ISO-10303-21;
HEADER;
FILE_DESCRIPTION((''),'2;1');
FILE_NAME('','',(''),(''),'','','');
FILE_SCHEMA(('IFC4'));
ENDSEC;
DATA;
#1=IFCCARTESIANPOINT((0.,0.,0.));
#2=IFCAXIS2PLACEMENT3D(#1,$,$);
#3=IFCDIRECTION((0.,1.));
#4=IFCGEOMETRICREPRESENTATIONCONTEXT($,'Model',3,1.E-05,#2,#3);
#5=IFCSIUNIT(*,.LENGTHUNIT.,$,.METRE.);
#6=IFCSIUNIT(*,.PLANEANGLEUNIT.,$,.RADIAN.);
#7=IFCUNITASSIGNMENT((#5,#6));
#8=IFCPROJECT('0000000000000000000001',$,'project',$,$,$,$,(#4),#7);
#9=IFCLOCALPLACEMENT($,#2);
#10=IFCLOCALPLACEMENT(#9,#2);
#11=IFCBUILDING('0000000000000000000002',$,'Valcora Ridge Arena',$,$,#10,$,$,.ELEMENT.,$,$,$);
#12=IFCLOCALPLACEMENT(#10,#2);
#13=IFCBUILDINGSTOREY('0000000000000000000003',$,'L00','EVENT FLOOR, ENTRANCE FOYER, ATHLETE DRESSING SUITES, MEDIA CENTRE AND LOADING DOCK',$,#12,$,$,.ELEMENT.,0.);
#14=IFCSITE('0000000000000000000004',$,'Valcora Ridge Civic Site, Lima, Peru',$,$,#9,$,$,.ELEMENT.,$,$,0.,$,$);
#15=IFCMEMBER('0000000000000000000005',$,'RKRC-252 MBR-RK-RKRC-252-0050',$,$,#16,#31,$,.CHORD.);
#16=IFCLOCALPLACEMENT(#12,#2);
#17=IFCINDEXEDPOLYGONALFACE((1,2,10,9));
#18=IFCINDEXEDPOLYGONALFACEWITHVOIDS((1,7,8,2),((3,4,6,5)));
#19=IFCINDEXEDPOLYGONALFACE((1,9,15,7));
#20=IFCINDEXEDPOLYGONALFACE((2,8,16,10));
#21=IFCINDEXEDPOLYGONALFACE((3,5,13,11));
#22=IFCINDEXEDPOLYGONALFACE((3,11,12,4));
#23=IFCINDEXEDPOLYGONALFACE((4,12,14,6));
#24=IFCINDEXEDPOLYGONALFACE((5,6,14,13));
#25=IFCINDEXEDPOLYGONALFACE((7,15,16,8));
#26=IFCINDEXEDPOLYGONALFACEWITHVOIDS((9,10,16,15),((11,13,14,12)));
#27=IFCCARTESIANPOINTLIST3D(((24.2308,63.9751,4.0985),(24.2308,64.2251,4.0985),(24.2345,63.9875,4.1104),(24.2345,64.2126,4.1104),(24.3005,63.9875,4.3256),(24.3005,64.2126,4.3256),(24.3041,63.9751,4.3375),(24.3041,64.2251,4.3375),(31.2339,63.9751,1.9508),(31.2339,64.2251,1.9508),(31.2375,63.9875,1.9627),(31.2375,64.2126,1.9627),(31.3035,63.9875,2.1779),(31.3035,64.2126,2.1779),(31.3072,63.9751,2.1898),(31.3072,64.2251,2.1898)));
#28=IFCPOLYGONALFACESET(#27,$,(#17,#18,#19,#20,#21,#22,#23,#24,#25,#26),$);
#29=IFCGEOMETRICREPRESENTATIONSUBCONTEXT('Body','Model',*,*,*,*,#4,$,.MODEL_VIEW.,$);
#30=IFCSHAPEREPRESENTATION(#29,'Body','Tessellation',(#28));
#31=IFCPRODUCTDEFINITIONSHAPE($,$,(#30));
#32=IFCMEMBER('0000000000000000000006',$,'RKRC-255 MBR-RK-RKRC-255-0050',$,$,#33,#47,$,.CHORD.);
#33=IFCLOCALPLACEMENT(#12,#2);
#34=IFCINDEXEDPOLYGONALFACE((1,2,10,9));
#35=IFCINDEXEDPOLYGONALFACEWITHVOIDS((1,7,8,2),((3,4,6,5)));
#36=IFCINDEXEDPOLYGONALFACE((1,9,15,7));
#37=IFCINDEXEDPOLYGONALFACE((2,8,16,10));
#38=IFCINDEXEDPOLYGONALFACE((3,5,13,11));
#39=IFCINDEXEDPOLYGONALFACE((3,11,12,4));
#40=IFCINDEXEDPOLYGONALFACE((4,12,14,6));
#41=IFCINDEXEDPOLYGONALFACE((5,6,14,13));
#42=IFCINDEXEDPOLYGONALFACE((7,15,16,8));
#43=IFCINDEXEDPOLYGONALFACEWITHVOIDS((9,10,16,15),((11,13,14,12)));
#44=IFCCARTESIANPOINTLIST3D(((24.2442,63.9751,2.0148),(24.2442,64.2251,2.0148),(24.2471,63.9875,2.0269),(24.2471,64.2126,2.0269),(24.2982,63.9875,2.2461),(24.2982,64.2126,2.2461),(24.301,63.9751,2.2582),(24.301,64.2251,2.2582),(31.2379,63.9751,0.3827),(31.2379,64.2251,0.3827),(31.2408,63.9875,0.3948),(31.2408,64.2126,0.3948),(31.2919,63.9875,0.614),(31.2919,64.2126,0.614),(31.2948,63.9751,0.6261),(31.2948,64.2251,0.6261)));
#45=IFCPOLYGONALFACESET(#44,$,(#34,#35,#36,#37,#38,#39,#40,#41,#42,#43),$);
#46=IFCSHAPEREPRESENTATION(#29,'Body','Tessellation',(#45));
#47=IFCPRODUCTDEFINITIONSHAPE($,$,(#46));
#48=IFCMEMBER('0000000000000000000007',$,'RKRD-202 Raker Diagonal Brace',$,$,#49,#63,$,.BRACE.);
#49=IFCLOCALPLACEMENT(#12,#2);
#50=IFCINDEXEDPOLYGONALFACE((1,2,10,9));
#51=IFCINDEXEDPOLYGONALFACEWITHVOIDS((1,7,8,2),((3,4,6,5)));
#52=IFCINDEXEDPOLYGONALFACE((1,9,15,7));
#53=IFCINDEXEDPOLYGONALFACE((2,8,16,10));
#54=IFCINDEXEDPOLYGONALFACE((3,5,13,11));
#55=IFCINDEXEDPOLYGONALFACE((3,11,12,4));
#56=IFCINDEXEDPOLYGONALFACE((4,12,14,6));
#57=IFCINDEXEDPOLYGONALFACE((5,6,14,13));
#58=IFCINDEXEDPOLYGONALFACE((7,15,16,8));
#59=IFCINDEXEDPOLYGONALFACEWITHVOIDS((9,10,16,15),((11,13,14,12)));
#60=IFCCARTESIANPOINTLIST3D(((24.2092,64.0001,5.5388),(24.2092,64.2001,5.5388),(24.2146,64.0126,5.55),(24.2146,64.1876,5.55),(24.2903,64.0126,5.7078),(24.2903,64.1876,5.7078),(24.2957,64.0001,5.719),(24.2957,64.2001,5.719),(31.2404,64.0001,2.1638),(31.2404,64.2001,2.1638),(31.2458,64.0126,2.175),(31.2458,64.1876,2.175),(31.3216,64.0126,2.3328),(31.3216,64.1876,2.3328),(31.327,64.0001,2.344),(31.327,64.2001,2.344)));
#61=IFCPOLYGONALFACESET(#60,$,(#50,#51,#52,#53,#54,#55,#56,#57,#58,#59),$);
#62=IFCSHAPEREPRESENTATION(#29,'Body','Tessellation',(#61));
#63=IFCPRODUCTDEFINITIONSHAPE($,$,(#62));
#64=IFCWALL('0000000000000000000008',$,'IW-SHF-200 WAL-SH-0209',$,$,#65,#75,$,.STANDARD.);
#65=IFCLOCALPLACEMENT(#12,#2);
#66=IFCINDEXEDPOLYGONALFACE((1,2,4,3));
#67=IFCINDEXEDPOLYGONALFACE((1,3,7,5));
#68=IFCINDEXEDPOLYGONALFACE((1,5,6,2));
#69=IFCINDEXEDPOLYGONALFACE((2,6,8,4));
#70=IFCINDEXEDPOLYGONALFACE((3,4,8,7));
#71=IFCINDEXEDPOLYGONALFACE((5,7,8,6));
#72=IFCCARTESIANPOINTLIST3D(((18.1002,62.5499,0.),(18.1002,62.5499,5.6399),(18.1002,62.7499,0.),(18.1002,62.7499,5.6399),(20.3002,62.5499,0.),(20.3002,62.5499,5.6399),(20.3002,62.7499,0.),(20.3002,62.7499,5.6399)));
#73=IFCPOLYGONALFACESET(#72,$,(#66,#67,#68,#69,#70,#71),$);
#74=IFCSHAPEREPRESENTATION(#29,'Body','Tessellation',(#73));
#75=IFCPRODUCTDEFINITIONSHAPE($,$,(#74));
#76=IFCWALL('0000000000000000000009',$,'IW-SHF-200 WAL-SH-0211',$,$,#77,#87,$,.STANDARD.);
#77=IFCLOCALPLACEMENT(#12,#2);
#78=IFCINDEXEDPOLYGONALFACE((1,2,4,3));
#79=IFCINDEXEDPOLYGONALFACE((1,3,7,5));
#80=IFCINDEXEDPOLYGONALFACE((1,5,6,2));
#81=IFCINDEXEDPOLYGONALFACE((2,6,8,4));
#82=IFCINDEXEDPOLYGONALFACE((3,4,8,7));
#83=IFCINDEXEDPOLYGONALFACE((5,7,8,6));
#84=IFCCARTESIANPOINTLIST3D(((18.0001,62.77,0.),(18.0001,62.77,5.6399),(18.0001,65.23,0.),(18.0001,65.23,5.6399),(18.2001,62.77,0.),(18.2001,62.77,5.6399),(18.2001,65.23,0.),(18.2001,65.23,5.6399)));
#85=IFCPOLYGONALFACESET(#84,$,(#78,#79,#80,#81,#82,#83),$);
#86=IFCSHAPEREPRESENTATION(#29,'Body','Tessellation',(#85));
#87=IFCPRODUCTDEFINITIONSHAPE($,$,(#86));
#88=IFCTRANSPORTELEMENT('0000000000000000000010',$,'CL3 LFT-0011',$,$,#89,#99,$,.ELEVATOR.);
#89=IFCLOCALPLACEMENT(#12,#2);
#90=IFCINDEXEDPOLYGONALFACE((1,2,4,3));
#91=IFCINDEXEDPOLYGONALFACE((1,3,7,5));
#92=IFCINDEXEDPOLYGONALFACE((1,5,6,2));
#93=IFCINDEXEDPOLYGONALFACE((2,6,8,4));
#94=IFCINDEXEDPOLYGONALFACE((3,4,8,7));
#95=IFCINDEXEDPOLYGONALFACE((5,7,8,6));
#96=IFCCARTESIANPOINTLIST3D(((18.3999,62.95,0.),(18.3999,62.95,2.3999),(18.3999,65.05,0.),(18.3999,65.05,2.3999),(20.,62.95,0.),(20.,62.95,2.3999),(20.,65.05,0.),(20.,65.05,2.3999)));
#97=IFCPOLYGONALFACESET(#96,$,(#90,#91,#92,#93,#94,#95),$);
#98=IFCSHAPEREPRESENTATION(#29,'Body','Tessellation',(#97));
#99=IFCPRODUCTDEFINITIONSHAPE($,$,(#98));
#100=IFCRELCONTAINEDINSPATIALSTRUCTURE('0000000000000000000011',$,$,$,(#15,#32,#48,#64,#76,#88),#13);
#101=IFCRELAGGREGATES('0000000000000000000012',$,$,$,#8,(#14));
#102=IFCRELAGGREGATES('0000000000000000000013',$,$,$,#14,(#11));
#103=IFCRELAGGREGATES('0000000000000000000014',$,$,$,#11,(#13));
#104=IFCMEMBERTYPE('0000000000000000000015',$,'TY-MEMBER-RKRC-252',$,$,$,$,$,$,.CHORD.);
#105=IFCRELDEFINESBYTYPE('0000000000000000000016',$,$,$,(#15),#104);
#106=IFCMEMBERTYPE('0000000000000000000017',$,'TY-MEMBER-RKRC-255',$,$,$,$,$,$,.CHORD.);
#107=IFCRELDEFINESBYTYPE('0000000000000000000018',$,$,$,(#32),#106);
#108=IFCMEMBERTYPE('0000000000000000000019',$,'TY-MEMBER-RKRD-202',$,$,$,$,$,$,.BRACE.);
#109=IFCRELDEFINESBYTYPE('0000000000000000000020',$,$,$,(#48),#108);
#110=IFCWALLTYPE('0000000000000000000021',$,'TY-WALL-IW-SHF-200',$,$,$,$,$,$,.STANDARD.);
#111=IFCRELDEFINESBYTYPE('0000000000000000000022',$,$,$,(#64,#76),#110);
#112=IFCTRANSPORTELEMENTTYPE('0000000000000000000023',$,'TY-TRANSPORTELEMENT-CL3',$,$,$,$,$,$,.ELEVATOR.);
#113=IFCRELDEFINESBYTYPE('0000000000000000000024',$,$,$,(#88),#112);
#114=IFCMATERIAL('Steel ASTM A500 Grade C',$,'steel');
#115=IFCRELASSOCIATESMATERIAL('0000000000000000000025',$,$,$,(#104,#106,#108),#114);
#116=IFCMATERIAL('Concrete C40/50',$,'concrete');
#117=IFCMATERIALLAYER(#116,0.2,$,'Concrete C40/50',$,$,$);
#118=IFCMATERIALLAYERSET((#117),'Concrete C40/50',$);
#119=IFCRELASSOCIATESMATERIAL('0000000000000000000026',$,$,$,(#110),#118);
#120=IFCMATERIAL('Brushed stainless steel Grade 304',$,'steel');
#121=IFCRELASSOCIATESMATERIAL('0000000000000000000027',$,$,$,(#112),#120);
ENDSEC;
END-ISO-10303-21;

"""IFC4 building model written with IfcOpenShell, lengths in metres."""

from ifc_helpers import new_model, si_unit, direction, frame, frame_2d, origin, origin_2d, place, context, subcontext, project, spatial, rectangle, hollow_rectangle, extrude, material, layer, layer_set, material_profile, profile_set, type_object, element, save


model = new_model("IFC4")

# Units and contexts
model_context = context("Model", 3, precision=1e-05, world=origin(), true_north=direction((0.0, 1.0)))
body_context = subcontext(model_context, "Body", "Model", "MODEL_VIEW")
ifc_project = project(units=[si_unit("LENGTHUNIT", "METRE"), si_unit("PLANEANGLEUNIT", "RADIAN")], contexts=[model_context])

# Site, building, storey
site_placement = place(None, origin())
site = spatial("IfcSite", under=ifc_project, at=site_placement, Name="Valcora Ridge Civic Site, Lima, Peru", CompositionType="ELEMENT", RefElevation=0.0)
building_placement = place(site_placement, origin())
building = spatial("IfcBuilding", under=site, at=building_placement, Name="Valcora Ridge Arena", CompositionType="ELEMENT")
storey_placement = place(building_placement, origin())
storey = spatial("IfcBuildingStorey", under=building, at=storey_placement, Name="L00", Description="EVENT FLOOR, ENTRANCE FOYER, ATHLETE DRESSING SUITES, MEDIA CENTRE AND LOADING DOCK", CompositionType="ELEMENT", Elevation=0.0)

# Shared definitions
ifc_material_1 = material(Name="Concrete C40/50", Category="concrete")

# Members
ifc_material_2 = material(Name="Steel ASTM A500 Grade C", Category="steel")
ifc_material_profile_1 = material_profile(ifc_material_2, hollow_rectangle(XDim=0.25, YDim=0.25, WallThickness=0.0125, at=origin_2d()), Name="HSS250X250X12")
ifc_profile_set_1 = profile_set([ifc_material_profile_1], Name="Steel ASTM A500 Grade C")
member_type_1 = type_object("IfcMemberType", Name="TY-MEMBER-RKRC-252", PredefinedType="CHORD", material=ifc_profile_set_1)
member_1_placement = place(storey_placement, frame((31.2705, 64.1001, 2.0703), z_axis=(-0.956049, 0.0, 0.293207), x_axis=(0.0, -1.0, 0.0)))
element("IfcMember", 1, at=member_1_placement, inside=storey, type_object=member_type_1, Name="RKRC-252 MBR-RK-RKRC-252-0050", PredefinedType="CHORD", context=body_context, shape_type="SweptSolid", body=[
    extrude(hollow_rectangle(XDim=0.25, YDim=0.25, WallThickness=0.0125, at=origin_2d()), origin(), (0.0, 0.0, 1.0), 7.325),
])
ifc_material_profile_2 = material_profile(ifc_material_2, hollow_rectangle(XDim=0.25, YDim=0.25, WallThickness=0.0125, at=origin_2d()), Name="HSS250X250X12")
ifc_profile_set_2 = profile_set([ifc_material_profile_2], Name="Steel ASTM A500 Grade C")
member_type_2 = type_object("IfcMemberType", Name="TY-MEMBER-RKRC-255", PredefinedType="CHORD", material=ifc_profile_set_2)
member_2_placement = place(storey_placement, frame((31.2664, 64.1001, 0.5044), z_axis=(-0.973834, 0.0, 0.22726), x_axis=(0.0, -1.0, 0.0)))
element("IfcMember", 2, at=member_2_placement, inside=storey, type_object=member_type_2, Name="RKRC-255 MBR-RK-RKRC-255-0050", PredefinedType="CHORD", context=body_context, shape_type="SweptSolid", body=[
    extrude(hollow_rectangle(XDim=0.25, YDim=0.25, WallThickness=0.0125, at=origin_2d()), origin(), (0.0, 0.0, 1.0), 7.1816),
])
ifc_material_profile_3 = material_profile(ifc_material_2, hollow_rectangle(XDim=0.2, YDim=0.2, WallThickness=0.0125, at=origin_2d()), Name="HSS200X200X12")
ifc_profile_set_3 = profile_set([ifc_material_profile_3], Name="Steel ASTM A500 Grade C")
member_type_3 = type_object("IfcMemberType", Name="TY-MEMBER-RKRD-202", PredefinedType="BRACE", material=ifc_profile_set_3)
member_3_placement = place(storey_placement, frame((31.2837, 64.1001, 2.2539), z_axis=(-0.901523, 0.0, 0.432731), x_axis=(0.0, -1.0, 0.0)))
element("IfcMember", 3, at=member_3_placement, inside=storey, type_object=member_type_3, Name="RKRD-202 Raker Diagonal Brace", PredefinedType="BRACE", context=body_context, shape_type="SweptSolid", body=[
    extrude(hollow_rectangle(XDim=0.2, YDim=0.2, WallThickness=0.0125, at=origin_2d()), origin(), (0.0, 0.0, 1.0), 7.7993),
])

# Walls
ifc_layer = layer(ifc_material_1, 0.2, Name="Concrete C40/50")
ifc_layer_set = layer_set([ifc_layer], Name="Concrete C40/50")
wall_type = type_object("IfcWallType", Name="TY-WALL-IW-SHF-200", PredefinedType="STANDARD", material=ifc_layer_set)
wall_1_placement = place(storey_placement, frame((18.1001, 62.6499, 0.0), z_axis=(0.0, 0.0, 1.0), x_axis=(1.0, 0.0, 0.0)))
element("IfcWall", 4, at=wall_1_placement, inside=storey, type_object=wall_type, Name="IW-SHF-200 WAL-SH-0209", PredefinedType="STANDARD", context=body_context, shape_type="SweptSolid", body=[
    extrude(rectangle(XDim=2.2, YDim=0.2, at=frame_2d((1.1001, 0.0))), origin(), (0.0, 0.0, 1.0), 5.6399),
])
wall_2_placement = place(storey_placement, frame((18.1001, 62.77, 0.0), z_axis=(0.0, 0.0, 1.0), x_axis=(0.0, 1.0, 0.0)))
element("IfcWall", 5, at=wall_2_placement, inside=storey, type_object=wall_type, Name="IW-SHF-200 WAL-SH-0211", PredefinedType="STANDARD", context=body_context, shape_type="SweptSolid", body=[
    extrude(rectangle(XDim=2.46, YDim=0.2, at=frame_2d((1.23, 0.0))), origin(), (0.0, 0.0, 1.0), 5.6399),
])

# Transport element
ifc_material_3 = material(Name="Brushed stainless steel Grade 304", Category="steel")
transport_element_type = type_object("IfcTransportElementType", Name="TY-TRANSPORTELEMENT-CL3", PredefinedType="ELEVATOR", material=ifc_material_3)
transport_element_placement = place(storey_placement, frame((19.2, 64.0, 0.0), z_axis=(0.0, 0.0, 1.0), x_axis=(1.0, 0.0, 0.0)))
element("IfcTransportElement", 6, at=transport_element_placement, inside=storey, type_object=transport_element_type, Name="CL3 LFT-0011", PredefinedType="ELEVATOR", context=body_context, shape_type="SweptSolid", body=[
    extrude(rectangle(XDim=1.6001, YDim=2.1001, at=origin_2d()), origin(), (0.0, 0.0, 1.0), 2.3999),
])

save(model, "model.ifc")
